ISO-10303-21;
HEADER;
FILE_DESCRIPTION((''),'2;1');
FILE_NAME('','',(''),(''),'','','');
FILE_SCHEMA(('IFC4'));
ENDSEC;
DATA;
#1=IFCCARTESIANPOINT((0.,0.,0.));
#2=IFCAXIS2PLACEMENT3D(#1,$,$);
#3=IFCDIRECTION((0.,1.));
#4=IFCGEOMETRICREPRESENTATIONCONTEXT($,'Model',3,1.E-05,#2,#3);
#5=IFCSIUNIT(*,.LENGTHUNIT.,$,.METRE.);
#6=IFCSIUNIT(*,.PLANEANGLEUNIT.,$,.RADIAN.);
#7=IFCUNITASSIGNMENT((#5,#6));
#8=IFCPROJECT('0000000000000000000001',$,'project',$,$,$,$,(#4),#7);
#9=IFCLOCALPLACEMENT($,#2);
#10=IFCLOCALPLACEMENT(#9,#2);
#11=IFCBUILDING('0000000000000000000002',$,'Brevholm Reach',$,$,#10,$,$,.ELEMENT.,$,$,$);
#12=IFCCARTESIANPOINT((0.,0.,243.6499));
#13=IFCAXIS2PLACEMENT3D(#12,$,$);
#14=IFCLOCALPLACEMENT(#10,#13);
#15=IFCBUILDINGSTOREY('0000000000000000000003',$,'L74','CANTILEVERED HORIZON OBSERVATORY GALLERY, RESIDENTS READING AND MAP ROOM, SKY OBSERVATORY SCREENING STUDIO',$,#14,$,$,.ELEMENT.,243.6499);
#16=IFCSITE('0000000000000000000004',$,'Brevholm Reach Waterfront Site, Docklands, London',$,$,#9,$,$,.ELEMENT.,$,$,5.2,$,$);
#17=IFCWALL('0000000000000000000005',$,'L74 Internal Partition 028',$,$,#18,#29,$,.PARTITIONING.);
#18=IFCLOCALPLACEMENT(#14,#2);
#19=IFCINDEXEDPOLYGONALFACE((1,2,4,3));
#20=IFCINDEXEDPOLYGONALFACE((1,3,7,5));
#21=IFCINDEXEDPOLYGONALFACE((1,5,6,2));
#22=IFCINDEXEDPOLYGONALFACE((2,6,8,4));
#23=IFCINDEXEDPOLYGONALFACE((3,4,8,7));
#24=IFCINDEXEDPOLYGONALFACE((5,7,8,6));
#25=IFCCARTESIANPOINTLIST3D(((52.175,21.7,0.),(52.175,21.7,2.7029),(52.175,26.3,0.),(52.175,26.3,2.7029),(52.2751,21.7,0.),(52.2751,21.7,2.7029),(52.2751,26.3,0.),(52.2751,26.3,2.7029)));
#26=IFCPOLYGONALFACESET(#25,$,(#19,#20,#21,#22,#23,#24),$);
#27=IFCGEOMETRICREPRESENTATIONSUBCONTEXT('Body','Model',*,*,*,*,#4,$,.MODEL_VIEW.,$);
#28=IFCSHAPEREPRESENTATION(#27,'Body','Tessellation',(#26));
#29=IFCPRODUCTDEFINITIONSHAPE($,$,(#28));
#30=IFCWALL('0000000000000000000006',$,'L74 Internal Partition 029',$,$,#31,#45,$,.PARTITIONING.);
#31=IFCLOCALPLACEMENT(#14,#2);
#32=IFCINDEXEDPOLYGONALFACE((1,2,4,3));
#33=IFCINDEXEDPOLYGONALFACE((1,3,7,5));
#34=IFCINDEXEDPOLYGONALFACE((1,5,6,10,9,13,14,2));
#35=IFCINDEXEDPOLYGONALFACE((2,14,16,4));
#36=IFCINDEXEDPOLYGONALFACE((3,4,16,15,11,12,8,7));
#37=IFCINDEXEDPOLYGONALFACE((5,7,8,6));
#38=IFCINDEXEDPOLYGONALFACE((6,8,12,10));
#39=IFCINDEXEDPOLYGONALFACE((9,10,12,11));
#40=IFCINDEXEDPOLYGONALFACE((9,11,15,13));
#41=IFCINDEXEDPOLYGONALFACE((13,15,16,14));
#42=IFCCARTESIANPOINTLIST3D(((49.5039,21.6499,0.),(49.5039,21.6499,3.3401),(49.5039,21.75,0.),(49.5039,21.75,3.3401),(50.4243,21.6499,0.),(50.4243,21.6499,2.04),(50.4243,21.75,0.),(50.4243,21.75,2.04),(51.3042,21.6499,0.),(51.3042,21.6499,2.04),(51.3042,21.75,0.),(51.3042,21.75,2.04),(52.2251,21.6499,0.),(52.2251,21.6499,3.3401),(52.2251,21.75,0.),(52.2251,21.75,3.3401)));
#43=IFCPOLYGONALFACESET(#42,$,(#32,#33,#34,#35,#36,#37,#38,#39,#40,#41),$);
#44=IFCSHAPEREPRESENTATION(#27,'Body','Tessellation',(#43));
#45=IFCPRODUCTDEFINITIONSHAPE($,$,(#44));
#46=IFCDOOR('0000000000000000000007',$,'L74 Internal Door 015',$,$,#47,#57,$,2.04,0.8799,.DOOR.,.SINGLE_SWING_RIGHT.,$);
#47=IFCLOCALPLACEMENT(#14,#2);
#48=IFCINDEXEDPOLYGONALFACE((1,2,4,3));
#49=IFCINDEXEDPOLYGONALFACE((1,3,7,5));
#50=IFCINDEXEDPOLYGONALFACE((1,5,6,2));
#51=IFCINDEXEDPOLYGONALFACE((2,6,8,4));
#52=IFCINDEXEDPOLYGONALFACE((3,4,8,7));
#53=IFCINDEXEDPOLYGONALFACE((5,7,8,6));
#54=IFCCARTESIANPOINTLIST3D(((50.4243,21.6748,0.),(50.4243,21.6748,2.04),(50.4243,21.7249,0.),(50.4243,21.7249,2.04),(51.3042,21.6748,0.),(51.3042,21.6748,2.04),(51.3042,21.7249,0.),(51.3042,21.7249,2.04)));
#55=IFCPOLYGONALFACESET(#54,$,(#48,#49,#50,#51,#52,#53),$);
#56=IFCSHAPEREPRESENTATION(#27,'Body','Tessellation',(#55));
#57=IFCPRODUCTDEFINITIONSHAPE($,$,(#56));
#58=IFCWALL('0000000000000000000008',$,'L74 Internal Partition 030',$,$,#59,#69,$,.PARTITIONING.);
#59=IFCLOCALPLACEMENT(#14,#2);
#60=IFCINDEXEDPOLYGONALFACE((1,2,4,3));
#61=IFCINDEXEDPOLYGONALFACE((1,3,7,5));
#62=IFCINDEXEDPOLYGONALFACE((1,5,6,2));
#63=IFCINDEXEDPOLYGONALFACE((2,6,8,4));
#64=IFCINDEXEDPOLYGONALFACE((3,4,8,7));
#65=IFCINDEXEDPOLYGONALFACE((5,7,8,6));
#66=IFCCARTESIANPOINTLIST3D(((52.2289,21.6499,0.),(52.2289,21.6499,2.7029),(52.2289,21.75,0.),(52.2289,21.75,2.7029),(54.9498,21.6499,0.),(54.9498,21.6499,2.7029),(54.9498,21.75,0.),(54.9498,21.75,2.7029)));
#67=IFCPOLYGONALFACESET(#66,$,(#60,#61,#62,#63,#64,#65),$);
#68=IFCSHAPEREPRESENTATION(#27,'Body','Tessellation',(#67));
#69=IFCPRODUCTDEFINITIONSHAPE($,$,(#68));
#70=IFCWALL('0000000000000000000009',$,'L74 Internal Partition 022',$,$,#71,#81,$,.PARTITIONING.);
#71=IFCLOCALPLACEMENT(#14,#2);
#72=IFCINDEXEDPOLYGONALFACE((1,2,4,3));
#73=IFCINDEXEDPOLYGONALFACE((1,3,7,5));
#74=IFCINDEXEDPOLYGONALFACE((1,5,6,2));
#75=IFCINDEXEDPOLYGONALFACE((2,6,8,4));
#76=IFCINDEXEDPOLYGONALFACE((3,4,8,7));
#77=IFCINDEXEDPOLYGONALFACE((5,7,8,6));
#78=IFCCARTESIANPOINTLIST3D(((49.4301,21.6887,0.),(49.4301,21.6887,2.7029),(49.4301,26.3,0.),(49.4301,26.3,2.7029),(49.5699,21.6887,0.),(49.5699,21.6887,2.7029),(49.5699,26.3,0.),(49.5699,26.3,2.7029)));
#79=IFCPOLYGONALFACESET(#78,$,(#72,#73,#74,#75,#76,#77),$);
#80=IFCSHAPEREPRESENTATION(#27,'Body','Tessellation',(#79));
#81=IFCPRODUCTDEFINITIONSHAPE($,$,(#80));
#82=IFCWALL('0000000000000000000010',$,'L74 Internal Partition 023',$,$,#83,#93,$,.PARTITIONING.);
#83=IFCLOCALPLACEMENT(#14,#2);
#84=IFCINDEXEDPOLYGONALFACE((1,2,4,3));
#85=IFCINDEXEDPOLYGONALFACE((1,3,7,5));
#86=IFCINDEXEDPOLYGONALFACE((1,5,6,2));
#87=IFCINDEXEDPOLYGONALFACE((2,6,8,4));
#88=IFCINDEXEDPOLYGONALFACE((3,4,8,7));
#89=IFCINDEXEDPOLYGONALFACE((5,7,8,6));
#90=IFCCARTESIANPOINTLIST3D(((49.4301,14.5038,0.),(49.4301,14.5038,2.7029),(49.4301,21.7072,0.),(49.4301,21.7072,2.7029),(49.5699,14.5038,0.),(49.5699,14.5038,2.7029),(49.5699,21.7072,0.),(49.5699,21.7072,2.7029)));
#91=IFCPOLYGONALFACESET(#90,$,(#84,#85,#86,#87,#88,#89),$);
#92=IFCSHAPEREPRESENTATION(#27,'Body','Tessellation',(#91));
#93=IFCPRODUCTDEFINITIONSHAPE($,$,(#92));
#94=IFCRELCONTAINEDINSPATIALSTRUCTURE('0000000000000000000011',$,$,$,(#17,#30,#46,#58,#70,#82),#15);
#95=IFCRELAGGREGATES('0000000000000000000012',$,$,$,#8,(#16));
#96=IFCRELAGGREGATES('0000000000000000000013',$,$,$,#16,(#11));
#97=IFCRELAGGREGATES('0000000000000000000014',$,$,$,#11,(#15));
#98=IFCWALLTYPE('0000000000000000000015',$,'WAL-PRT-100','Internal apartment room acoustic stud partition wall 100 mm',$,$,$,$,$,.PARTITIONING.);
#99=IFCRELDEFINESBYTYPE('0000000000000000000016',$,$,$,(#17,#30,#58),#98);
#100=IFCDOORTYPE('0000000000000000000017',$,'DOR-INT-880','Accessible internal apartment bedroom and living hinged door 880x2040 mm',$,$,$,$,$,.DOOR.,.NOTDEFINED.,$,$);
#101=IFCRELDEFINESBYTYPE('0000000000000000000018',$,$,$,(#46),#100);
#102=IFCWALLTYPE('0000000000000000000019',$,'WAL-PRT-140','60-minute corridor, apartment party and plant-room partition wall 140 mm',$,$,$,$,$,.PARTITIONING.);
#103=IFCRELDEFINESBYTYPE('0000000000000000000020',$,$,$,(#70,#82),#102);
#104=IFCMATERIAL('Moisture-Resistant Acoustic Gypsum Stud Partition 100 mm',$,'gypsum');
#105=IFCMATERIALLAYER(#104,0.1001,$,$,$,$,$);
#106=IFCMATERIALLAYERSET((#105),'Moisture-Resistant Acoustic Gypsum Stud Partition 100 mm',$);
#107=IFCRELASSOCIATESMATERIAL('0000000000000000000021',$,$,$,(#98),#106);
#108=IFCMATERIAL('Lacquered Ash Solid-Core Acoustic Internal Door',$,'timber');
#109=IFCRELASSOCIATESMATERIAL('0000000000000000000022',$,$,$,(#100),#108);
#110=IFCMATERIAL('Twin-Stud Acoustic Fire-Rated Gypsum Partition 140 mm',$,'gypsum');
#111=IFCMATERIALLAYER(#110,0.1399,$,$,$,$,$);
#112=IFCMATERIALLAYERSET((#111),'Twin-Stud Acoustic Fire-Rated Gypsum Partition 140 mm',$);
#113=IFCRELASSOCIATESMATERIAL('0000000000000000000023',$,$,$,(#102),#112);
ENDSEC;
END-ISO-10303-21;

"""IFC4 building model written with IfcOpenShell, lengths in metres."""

from ifc_helpers import new_model, si_unit, direction, frame, frame_2d, origin, place, context, subcontext, project, spatial, rectangle, extrude, material, layer, layer_set, type_object, element, fill, save


model = new_model("IFC4")

# Units and contexts
model_context = context("Model", 3, precision=1e-05, world=origin(), true_north=direction((0.0, 1.0)))
body_context = subcontext(model_context, "Body", "Model", "MODEL_VIEW")
ifc_project = project(units=[si_unit("LENGTHUNIT", "METRE"), si_unit("PLANEANGLEUNIT", "RADIAN")], contexts=[model_context])

# Site, building, storey
site_placement = place(None, origin())
site = spatial("IfcSite", under=ifc_project, at=site_placement, Name="Brevholm Reach Waterfront Site, Docklands, London", CompositionType="ELEMENT", RefElevation=5.2)
building_placement = place(site_placement, origin())
building = spatial("IfcBuilding", under=site, at=building_placement, Name="Brevholm Reach", CompositionType="ELEMENT")
storey_placement = place(building_placement, frame((0.0, 0.0, 243.6499)))
storey = spatial("IfcBuildingStorey", under=building, at=storey_placement, Name="L74", Description="CANTILEVERED HORIZON OBSERVATORY GALLERY, RESIDENTS READING AND MAP ROOM, SKY OBSERVATORY SCREENING STUDIO", CompositionType="ELEMENT", Elevation=243.6499)

# Shared definitions
ifc_material_1 = material(Name="Moisture-Resistant Acoustic Gypsum Stud Partition 100 mm", Category="gypsum")
ifc_layer_1 = layer(ifc_material_1, 0.1001)
ifc_layer_set_1 = layer_set([ifc_layer_1], Name="Moisture-Resistant Acoustic Gypsum Stud Partition 100 mm")
wall_type_1 = type_object("IfcWallType", Name="WAL-PRT-100", Description="Internal apartment room acoustic stud partition wall 100 mm", PredefinedType="PARTITIONING", material=ifc_layer_set_1)
ifc_material_2 = material(Name="Lacquered Ash Solid-Core Acoustic Internal Door", Category="timber")
door_type = type_object("IfcDoorType", Name="DOR-INT-880", Description="Accessible internal apartment bedroom and living hinged door 880x2040 mm", OperationType="NOTDEFINED", PredefinedType="DOOR", material=ifc_material_2)

# Wall
wall_1_placement = place(storey_placement, frame((52.2251, 21.7, 0.0), z_axis=(0.0, 0.0, 1.0), x_axis=(0.0, 1.0, 0.0)))
element("IfcWall", 1, at=wall_1_placement, inside=storey, type_object=wall_type_1, Name="L74 Internal Partition 028", PredefinedType="PARTITIONING", context=body_context, shape_type="SweptSolid", body=[
    extrude(rectangle(XDim=4.6001, YDim=0.1001, at=frame_2d((2.3, 0.0))), origin(), (0.0, 0.0, 1.0), 2.7029),
])

# Wall, opening, door
wall_2_placement = place(storey_placement, frame((49.5039, 21.7, 0.0), z_axis=(0.0, 0.0, 1.0), x_axis=(1.0, 0.0, 0.0)))
wall_2 = element("IfcWall", 2, at=wall_2_placement, inside=storey, type_object=wall_type_1, Name="L74 Internal Partition 029", PredefinedType="PARTITIONING", context=body_context, shape_type="SweptSolid", body=[
    extrude(rectangle(XDim=2.7212, YDim=0.1001, at=frame_2d((1.3606, 0.0))), origin(), (0.0, 0.0, 1.0), 3.3401),
])
opening_1_placement = place(wall_2_placement, frame((0.9204, 0.0, 0.0)))
opening_1 = element("IfcOpeningElement", 3, at=opening_1_placement, cuts=wall_2, PredefinedType="OPENING", context=body_context, shape_type="SweptSolid", body=[
    extrude(rectangle(XDim=0.8799, YDim=2.04, at=frame_2d((0.4399, 1.02))), frame((0.0, 0.0601, 0.0), z_axis=(0.0, -1.0, 0.0), x_axis=(1.0, 0.0, 0.0)), (0.0, 0.0, 1.0), 0.1201),
])
door_1_placement = place(opening_1_placement, origin())
door_1 = element("IfcDoor", 4, at=door_1_placement, inside=storey, type_object=door_type, Name="L74 Internal Door 015", OperationType="SINGLE_SWING_RIGHT", OverallHeight=2.04, OverallWidth=0.8799, PredefinedType="DOOR", context=body_context, shape_type="SweptSolid", body=[
    extrude(rectangle(XDim=0.8799, YDim=2.04, at=frame_2d((0.4399, 1.02))), frame((0.0, 0.0249, 0.0), z_axis=(0.0, -1.0, 0.0), x_axis=(1.0, 0.0, 0.0)), (0.0, 0.0, 1.0), 0.05),
])
fill(opening_1, door_1)

# Walls
wall_3_placement = place(storey_placement, frame((52.229, 21.7, 0.0), z_axis=(0.0, 0.0, 1.0), x_axis=(1.0, 0.0, 0.0)))
element("IfcWall", 5, at=wall_3_placement, inside=storey, type_object=wall_type_1, Name="L74 Internal Partition 030", PredefinedType="PARTITIONING", context=body_context, shape_type="SweptSolid", body=[
    extrude(rectangle(XDim=2.7209, YDim=0.1001, at=frame_2d((1.3604, 0.0))), origin(), (0.0, 0.0, 1.0), 2.7029),
])
ifc_material_3 = material(Name="Twin-Stud Acoustic Fire-Rated Gypsum Partition 140 mm", Category="gypsum")
ifc_layer_2 = layer(ifc_material_3, 0.1399)
ifc_layer_set_2 = layer_set([ifc_layer_2], Name="Twin-Stud Acoustic Fire-Rated Gypsum Partition 140 mm")
wall_type_2 = type_object("IfcWallType", Name="WAL-PRT-140", Description="60-minute corridor, apartment party and plant-room partition wall 140 mm", PredefinedType="PARTITIONING", material=ifc_layer_set_2)
wall_4_placement = place(storey_placement, frame((49.5, 21.6887, 0.0), z_axis=(0.0, 0.0, 1.0), x_axis=(0.0, 1.0, 0.0)))
element("IfcWall", 6, at=wall_4_placement, inside=storey, type_object=wall_type_2, Name="L74 Internal Partition 022", PredefinedType="PARTITIONING", context=body_context, shape_type="SweptSolid", body=[
    extrude(rectangle(XDim=4.6113, YDim=0.1399, at=frame_2d((2.3057, 0.0))), origin(), (0.0, 0.0, 1.0), 2.7029),
])
wall_5_placement = place(storey_placement, frame((49.5, 14.5039, 0.0), z_axis=(0.0, 0.0, 1.0), x_axis=(0.0, 1.0, 0.0)))
element("IfcWall", 7, at=wall_5_placement, inside=storey, type_object=wall_type_2, Name="L74 Internal Partition 023", PredefinedType="PARTITIONING", context=body_context, shape_type="SweptSolid", body=[
    extrude(rectangle(XDim=7.2034, YDim=0.1399, at=frame_2d((3.6016, 0.0))), origin(), (0.0, 0.0, 1.0), 2.7029),
])

save(model, "model.ifc")
